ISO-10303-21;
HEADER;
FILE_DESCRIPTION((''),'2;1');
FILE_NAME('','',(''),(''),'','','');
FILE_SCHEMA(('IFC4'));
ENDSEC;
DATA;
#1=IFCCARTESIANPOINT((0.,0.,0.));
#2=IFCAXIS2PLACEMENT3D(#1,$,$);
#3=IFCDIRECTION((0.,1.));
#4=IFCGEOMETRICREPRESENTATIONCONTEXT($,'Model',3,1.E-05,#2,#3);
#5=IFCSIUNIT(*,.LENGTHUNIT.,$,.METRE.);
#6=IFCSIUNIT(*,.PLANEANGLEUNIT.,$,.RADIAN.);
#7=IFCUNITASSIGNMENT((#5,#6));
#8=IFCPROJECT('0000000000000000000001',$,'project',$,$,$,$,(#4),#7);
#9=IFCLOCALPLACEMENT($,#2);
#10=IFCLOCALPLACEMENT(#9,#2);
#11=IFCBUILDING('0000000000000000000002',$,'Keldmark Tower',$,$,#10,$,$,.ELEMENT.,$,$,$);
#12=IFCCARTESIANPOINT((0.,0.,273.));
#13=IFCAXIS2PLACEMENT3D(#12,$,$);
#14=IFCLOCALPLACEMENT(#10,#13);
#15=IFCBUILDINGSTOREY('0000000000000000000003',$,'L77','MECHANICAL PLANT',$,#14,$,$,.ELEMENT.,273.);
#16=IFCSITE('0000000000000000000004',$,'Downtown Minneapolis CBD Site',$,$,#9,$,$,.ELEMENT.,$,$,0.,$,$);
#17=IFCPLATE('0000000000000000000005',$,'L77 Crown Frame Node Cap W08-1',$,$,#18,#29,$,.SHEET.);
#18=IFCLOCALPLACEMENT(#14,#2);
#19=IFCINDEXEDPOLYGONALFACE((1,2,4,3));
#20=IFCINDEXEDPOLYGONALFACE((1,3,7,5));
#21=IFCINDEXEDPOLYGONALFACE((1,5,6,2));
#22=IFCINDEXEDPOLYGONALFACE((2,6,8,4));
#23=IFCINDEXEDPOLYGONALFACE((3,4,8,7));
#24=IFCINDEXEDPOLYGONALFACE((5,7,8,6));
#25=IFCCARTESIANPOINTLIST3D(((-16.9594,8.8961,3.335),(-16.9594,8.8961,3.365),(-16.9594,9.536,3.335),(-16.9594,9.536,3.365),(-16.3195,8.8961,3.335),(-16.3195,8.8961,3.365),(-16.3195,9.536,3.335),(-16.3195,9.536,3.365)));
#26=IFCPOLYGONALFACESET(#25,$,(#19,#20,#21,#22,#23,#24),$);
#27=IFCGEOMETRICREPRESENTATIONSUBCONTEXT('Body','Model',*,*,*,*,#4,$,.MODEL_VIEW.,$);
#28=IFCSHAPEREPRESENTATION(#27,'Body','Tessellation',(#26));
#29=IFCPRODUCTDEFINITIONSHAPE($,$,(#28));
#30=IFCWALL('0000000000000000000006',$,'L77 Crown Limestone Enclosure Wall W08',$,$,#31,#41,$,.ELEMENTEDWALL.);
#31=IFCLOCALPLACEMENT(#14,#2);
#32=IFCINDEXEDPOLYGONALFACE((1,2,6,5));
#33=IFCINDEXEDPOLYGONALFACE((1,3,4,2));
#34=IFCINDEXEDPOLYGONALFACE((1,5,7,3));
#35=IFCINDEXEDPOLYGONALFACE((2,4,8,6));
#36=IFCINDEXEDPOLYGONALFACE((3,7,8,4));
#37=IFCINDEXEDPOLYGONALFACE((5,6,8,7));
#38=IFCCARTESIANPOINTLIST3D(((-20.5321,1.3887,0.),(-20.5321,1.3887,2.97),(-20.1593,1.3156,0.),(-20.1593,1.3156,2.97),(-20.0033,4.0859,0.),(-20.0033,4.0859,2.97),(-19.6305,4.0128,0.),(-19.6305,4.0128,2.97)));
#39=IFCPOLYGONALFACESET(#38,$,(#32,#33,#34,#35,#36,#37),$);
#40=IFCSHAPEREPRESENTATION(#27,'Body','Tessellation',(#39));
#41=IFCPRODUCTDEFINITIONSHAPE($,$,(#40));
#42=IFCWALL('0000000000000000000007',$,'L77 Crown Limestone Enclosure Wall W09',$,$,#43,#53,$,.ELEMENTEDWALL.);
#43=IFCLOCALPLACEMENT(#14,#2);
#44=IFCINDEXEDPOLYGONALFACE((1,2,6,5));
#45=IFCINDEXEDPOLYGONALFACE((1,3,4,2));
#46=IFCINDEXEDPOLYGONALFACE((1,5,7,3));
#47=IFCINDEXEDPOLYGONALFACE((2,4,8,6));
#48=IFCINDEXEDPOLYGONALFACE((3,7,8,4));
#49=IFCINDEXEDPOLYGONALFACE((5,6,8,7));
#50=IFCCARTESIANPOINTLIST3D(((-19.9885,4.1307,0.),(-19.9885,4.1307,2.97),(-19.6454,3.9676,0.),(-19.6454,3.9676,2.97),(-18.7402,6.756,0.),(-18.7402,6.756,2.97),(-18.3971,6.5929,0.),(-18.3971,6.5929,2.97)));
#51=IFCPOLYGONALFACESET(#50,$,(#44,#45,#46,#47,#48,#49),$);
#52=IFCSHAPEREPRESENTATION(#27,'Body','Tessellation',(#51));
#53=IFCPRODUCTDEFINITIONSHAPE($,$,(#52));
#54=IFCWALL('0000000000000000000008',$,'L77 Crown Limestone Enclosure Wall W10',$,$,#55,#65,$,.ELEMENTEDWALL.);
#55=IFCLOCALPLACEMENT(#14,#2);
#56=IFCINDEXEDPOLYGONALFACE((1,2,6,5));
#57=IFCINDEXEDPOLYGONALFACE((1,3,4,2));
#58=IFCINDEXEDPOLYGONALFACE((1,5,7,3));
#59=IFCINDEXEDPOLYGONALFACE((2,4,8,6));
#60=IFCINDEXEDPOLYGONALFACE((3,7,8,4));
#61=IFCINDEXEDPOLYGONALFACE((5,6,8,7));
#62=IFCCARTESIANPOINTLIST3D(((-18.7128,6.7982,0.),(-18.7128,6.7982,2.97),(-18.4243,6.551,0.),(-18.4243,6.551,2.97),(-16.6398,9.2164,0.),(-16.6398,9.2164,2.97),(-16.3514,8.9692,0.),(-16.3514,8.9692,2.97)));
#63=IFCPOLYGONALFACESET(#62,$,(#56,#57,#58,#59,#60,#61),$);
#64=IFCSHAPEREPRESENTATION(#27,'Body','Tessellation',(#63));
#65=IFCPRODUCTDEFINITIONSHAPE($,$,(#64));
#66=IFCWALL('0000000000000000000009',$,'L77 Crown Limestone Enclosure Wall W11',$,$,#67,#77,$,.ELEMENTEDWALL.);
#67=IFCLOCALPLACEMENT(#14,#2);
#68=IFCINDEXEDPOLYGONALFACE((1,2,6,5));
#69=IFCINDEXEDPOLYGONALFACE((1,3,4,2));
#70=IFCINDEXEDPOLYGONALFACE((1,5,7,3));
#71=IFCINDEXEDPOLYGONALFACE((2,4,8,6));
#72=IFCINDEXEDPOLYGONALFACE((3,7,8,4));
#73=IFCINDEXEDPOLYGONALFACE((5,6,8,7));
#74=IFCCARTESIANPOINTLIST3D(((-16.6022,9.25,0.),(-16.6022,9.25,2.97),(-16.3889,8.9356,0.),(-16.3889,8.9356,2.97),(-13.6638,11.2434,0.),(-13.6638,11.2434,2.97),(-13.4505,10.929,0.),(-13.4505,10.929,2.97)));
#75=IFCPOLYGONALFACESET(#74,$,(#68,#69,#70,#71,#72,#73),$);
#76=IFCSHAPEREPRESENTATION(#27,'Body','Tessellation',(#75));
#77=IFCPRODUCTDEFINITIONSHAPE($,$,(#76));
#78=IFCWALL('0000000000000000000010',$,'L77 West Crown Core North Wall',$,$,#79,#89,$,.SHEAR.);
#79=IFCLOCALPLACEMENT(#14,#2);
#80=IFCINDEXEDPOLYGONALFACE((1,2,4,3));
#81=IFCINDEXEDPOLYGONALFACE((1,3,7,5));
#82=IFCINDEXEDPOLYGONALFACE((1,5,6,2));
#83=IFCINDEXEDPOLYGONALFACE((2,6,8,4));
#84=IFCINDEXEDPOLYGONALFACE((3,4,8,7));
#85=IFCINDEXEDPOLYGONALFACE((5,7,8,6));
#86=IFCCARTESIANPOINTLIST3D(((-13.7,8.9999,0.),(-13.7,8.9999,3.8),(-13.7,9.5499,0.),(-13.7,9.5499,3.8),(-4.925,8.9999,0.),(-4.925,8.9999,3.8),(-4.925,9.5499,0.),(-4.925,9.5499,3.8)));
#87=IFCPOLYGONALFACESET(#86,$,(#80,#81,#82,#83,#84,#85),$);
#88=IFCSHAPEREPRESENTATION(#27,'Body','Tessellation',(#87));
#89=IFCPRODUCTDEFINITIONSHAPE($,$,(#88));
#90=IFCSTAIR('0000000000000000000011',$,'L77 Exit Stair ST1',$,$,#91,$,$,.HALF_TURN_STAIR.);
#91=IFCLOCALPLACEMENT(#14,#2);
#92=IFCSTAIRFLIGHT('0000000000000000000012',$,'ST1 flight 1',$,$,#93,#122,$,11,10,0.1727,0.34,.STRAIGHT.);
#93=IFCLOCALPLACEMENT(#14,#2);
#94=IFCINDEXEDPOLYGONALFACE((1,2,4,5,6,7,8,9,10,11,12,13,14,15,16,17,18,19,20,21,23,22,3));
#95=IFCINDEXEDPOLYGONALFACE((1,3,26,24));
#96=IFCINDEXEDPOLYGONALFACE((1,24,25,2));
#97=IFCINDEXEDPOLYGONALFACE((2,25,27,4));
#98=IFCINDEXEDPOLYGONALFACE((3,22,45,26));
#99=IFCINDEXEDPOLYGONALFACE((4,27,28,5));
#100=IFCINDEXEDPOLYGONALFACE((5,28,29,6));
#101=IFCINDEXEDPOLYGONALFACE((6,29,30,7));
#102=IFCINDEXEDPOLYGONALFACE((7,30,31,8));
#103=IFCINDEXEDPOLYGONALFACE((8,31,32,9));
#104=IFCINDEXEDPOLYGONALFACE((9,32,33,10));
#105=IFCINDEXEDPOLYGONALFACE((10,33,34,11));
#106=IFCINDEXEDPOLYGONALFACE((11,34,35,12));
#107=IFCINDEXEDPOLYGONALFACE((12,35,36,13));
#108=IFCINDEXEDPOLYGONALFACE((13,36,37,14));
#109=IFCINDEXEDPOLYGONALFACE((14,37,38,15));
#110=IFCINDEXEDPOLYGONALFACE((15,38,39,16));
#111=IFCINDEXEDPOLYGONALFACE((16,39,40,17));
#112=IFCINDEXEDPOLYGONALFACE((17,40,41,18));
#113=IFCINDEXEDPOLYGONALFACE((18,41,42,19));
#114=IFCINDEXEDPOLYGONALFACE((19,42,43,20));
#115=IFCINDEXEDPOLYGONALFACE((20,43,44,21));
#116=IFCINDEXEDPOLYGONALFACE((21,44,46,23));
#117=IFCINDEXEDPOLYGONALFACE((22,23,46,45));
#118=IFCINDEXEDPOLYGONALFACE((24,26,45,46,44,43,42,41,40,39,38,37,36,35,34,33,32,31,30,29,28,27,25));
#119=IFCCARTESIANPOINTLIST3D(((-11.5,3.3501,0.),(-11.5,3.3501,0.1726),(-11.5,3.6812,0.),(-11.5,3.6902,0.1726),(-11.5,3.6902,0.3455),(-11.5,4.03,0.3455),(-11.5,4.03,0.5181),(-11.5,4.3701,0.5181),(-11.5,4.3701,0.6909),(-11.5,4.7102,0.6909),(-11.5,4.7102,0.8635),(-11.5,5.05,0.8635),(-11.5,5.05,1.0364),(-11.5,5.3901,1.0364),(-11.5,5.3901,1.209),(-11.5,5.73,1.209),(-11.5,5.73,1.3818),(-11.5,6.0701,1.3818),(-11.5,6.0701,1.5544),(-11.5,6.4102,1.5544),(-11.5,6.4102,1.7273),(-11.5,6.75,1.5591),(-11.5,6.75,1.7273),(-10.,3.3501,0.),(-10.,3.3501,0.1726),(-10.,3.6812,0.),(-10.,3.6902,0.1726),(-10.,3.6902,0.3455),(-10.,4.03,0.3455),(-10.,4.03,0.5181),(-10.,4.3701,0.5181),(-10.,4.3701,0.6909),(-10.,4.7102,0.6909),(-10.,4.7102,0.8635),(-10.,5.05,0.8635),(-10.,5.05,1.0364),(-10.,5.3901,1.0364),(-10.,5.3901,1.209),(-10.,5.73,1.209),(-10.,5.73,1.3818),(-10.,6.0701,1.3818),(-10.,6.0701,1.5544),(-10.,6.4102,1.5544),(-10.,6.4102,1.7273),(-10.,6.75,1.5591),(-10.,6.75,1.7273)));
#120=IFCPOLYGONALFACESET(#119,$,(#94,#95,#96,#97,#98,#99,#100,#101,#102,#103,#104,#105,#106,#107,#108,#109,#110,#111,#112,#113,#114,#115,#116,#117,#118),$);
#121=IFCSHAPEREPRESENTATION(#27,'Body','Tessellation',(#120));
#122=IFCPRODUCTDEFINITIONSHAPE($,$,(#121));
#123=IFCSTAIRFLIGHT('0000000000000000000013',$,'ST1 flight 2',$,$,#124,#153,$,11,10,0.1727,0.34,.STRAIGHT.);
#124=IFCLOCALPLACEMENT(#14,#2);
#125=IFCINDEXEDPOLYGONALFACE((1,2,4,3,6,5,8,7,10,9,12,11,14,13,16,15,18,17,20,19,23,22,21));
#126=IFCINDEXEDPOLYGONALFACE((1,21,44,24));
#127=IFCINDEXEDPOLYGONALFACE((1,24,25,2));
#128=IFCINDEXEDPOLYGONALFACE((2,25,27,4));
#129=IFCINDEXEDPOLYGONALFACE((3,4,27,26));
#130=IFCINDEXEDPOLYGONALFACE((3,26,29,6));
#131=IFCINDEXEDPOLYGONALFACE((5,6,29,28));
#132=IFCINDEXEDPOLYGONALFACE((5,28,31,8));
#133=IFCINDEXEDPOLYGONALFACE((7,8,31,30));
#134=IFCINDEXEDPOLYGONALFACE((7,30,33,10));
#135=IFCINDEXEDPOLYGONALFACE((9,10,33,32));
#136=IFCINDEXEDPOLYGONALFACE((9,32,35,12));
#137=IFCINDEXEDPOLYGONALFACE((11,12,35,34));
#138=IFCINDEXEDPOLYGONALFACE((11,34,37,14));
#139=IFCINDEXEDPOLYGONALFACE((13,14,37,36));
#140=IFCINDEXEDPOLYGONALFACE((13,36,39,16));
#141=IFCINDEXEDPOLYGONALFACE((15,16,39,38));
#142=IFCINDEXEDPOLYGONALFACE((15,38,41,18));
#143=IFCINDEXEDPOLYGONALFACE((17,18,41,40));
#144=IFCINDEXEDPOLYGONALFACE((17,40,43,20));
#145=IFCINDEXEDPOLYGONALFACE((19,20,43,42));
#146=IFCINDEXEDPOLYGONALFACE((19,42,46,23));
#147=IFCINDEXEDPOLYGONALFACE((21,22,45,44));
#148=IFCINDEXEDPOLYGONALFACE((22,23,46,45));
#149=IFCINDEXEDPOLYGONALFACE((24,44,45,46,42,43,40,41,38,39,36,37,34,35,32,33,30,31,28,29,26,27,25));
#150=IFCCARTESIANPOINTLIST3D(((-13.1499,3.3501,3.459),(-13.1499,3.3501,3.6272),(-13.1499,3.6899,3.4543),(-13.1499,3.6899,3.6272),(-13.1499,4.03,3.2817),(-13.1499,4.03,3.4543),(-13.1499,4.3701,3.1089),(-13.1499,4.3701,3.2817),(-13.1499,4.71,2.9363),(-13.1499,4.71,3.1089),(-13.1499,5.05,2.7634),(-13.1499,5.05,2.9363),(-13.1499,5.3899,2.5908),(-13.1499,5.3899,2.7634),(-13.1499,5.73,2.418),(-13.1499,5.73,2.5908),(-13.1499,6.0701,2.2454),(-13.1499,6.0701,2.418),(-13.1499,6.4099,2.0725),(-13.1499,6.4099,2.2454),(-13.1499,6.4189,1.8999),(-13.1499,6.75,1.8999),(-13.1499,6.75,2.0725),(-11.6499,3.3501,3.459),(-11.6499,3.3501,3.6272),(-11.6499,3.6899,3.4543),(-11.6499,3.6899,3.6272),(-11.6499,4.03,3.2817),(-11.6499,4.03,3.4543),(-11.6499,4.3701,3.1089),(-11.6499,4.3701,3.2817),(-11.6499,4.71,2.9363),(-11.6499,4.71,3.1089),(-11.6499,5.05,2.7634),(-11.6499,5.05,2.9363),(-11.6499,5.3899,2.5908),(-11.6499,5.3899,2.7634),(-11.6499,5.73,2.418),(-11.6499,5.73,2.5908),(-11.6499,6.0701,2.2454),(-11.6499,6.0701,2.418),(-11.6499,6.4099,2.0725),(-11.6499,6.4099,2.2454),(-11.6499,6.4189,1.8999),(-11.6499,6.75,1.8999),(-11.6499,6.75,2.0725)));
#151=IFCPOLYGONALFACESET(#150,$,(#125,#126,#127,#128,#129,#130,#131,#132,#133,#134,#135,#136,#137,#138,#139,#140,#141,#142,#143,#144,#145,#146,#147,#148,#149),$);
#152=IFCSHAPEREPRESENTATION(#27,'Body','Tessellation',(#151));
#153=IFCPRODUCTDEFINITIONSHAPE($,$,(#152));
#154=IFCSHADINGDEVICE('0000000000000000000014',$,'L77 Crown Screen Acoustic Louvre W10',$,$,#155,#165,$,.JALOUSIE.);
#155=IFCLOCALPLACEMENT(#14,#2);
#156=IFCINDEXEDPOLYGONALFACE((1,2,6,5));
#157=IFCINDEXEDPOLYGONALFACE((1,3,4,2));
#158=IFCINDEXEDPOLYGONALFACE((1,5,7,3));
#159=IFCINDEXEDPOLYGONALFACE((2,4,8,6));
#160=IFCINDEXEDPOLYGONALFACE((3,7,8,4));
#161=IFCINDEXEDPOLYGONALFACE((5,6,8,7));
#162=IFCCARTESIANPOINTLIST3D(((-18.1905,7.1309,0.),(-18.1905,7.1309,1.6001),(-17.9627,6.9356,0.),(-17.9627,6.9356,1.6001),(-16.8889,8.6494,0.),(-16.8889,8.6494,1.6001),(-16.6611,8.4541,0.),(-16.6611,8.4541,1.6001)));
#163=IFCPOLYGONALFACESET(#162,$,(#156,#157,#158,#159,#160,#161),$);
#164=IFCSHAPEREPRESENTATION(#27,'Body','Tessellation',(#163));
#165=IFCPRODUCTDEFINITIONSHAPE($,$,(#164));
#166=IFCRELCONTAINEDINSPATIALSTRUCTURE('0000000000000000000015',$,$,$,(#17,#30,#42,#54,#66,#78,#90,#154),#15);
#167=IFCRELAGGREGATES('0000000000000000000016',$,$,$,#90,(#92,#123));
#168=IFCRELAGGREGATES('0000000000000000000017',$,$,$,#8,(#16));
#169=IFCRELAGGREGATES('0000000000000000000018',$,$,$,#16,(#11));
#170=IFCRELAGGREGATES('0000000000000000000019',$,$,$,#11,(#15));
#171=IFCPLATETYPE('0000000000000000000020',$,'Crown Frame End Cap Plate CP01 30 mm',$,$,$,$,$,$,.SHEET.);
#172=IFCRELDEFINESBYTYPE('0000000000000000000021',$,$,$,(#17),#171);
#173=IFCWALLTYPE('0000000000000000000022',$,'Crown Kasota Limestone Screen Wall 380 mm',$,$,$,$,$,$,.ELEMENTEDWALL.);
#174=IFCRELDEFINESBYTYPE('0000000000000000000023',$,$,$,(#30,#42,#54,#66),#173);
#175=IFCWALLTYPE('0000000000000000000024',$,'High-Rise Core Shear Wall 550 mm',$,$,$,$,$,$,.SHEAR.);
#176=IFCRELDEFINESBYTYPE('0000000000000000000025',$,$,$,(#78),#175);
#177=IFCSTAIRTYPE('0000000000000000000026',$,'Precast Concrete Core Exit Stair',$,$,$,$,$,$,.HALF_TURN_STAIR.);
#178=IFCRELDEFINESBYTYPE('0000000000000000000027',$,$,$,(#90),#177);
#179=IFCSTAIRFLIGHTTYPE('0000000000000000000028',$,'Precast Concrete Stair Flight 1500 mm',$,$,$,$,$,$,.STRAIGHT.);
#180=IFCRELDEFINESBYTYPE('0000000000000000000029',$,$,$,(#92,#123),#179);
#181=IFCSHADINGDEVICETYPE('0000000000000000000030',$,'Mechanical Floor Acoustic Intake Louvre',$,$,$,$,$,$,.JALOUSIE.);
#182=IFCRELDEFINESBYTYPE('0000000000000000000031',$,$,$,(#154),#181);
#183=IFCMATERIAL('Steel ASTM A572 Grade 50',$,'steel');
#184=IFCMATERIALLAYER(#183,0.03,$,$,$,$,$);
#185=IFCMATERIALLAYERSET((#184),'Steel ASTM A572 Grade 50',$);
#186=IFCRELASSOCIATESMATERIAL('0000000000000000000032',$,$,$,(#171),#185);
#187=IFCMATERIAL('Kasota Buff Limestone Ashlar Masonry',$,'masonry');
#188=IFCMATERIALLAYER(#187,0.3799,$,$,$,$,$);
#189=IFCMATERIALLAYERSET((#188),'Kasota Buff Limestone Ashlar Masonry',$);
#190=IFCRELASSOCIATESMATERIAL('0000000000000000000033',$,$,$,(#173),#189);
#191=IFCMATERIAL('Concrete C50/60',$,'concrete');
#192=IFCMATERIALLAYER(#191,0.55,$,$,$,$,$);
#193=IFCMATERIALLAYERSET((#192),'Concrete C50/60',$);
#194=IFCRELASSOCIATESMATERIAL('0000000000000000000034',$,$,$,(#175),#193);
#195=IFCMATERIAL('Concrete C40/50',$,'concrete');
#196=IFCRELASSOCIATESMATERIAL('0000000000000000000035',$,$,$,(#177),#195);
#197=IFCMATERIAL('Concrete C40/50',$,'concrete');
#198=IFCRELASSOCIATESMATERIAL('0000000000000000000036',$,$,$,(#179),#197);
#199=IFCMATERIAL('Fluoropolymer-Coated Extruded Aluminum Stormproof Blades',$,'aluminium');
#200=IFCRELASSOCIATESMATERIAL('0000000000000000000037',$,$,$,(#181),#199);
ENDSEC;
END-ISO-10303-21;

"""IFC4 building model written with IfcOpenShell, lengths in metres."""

from ifc_helpers import new_model, si_unit, direction, frame, frame_2d, origin, origin_2d, place, context, subcontext, project, spatial, polyline, rectangle, outline, extrude, material, layer, layer_set, type_object, element, aggregate, save


model = new_model("IFC4")

# Units and contexts
model_context = context("Model", 3, precision=1e-05, world=origin(), true_north=direction((0.0, 1.0)))
body_context = subcontext(model_context, "Body", "Model", "MODEL_VIEW")
ifc_project = project(units=[si_unit("LENGTHUNIT", "METRE"), si_unit("PLANEANGLEUNIT", "RADIAN")], contexts=[model_context])

# Site, building, storey
site_placement = place(None, origin())
site = spatial("IfcSite", under=ifc_project, at=site_placement, Name="Downtown Minneapolis CBD Site", CompositionType="ELEMENT", RefElevation=0.0)
building_placement = place(site_placement, origin())
building = spatial("IfcBuilding", under=site, at=building_placement, Name="Keldmark Tower", CompositionType="ELEMENT")
storey_placement = place(building_placement, frame((0.0, 0.0, 273.0)))
storey = spatial("IfcBuildingStorey", under=building, at=storey_placement, Name="L77", Description="MECHANICAL PLANT", CompositionType="ELEMENT", Elevation=273.0)

# Plate
ifc_material_1 = material(Name="Steel ASTM A572 Grade 50", Category="steel")
ifc_layer_1 = layer(ifc_material_1, 0.03)
ifc_layer_set_1 = layer_set([ifc_layer_1], Name="Steel ASTM A572 Grade 50")
plate_type_1 = type_object("IfcPlateType", Name="Crown Frame End Cap Plate CP01 30 mm", PredefinedType="SHEET", material=ifc_layer_set_1)
for number, where, z_axis, x_axis, name in (
    (1, (-16.6394, 9.2161, 3.335), (0.0, 0.0, 1.0), (1.0, 0.0, 0.0), "L77 Crown Frame Node Cap W08-1"),
):
    element("IfcPlate", number, at=place(storey_placement, frame(where, z_axis=z_axis, x_axis=x_axis)), inside=storey, type_object=plate_type_1, Name=name, PredefinedType="SHEET", context=body_context, shape_type="SweptSolid", body=[
        extrude(rectangle(XDim=0.6399, YDim=0.6399, at=origin_2d()), origin(), (0.0, 0.0, 1.0), 0.03),
    ])

# Walls
ifc_material_2 = material(Name="Kasota Buff Limestone Ashlar Masonry", Category="masonry")
ifc_layer_2 = layer(ifc_material_2, 0.3799)
ifc_layer_set_2 = layer_set([ifc_layer_2], Name="Kasota Buff Limestone Ashlar Masonry")
wall_type_1 = type_object("IfcWallType", Name="Crown Kasota Limestone Screen Wall 380 mm", PredefinedType="ELEMENTEDWALL", material=ifc_layer_set_2)
wall_1_placement = place(storey_placement, frame((-19.8169, 4.0493, 0.0), z_axis=(0.0, 0.0, 1.0), x_axis=(-0.192391, -0.981318, 0.0)))
element("IfcWall", 2, at=wall_1_placement, inside=storey, type_object=wall_type_1, Name="L77 Crown Limestone Enclosure Wall W08", PredefinedType="ELEMENTEDWALL", context=body_context, shape_type="SweptSolid", body=[
    extrude(rectangle(XDim=2.7485, YDim=0.3799, at=frame_2d((1.3743, 0.0))), origin(), (0.0, 0.0, 1.0), 2.97),
])
wall_2_placement = place(storey_placement, frame((-18.5686, 6.6746, 0.0), z_axis=(0.0, 0.0, 1.0), x_axis=(-0.429422, -0.903104, 0.0)))
element("IfcWall", 3, at=wall_2_placement, inside=storey, type_object=wall_type_1, Name="L77 Crown Limestone Enclosure Wall W09", PredefinedType="ELEMENTEDWALL", context=body_context, shape_type="SweptSolid", body=[
    extrude(rectangle(XDim=2.907, YDim=0.3799, at=frame_2d((1.4536, 0.0))), origin(), (0.0, 0.0, 1.0), 2.97),
])
wall_3_placement = place(storey_placement, frame((-16.4956, 9.0928, 0.0), z_axis=(0.0, 0.0, 1.0), x_axis=(-0.650836, -0.759219, 0.0)))
element("IfcWall", 4, at=wall_3_placement, inside=storey, type_object=wall_type_1, Name="L77 Crown Limestone Enclosure Wall W10", PredefinedType="ELEMENTEDWALL", context=body_context, shape_type="SweptSolid", body=[
    extrude(rectangle(XDim=3.1851, YDim=0.3799, at=frame_2d((1.5925, 0.0))), origin(), (0.0, 0.0, 1.0), 2.97),
])
wall_4_placement = place(storey_placement, frame((-13.5571, 11.0862, 0.0), z_axis=(0.0, 0.0, 1.0), x_axis=(-0.827549, -0.561394, 0.0)))
element("IfcWall", 5, at=wall_4_placement, inside=storey, type_object=wall_type_1, Name="L77 Crown Limestone Enclosure Wall W11", PredefinedType="ELEMENTEDWALL", context=body_context, shape_type="SweptSolid", body=[
    extrude(rectangle(XDim=3.5508, YDim=0.3799, at=frame_2d((1.7754, 0.0))), origin(), (0.0, 0.0, 1.0), 2.97),
])
ifc_material_3 = material(Name="Concrete C50/60", Category="concrete")
ifc_layer_3 = layer(ifc_material_3, 0.55)
ifc_layer_set_3 = layer_set([ifc_layer_3], Name="Concrete C50/60")
wall_type_2 = type_object("IfcWallType", Name="High-Rise Core Shear Wall 550 mm", PredefinedType="SHEAR", material=ifc_layer_set_3)
wall_5_placement = place(storey_placement, frame((-13.7, 9.2749, 0.0), z_axis=(0.0, 0.0, 1.0), x_axis=(1.0, 0.0, 0.0)))
element("IfcWall", 6, at=wall_5_placement, inside=storey, type_object=wall_type_2, Name="L77 West Crown Core North Wall", PredefinedType="SHEAR", context=body_context, shape_type="SweptSolid", body=[
    extrude(rectangle(XDim=8.7749, YDim=0.55, at=frame_2d((4.3875, 0.0))), origin(), (0.0, 0.0, 1.0), 3.8),
])

# Stair, stair flights
ifc_material_4 = material(Name="Concrete C40/50", Category="concrete")
stair_type = type_object("IfcStairType", Name="Precast Concrete Core Exit Stair", PredefinedType="HALF_TURN_STAIR", material=ifc_material_4)
stair_placement = place(storey_placement, origin())
stair = element("IfcStair", 7, at=stair_placement, inside=storey, type_object=stair_type, Name="L77 Exit Stair ST1", PredefinedType="HALF_TURN_STAIR")
ifc_material_5 = material(Name="Concrete C40/50", Category="concrete")
stair_flight_type = type_object("IfcStairFlightType", Name="Precast Concrete Stair Flight 1500 mm", PredefinedType="STRAIGHT", material=ifc_material_5)
stair_flight_1_placement = place(storey_placement, frame((-10.75, 3.3501, 0.0), z_axis=(0.0, 0.0, 1.0), x_axis=(0.0, 1.0, 0.0)))
stair_flight_1 = element("IfcStairFlight", 8, at=stair_flight_1_placement, type_object=stair_flight_type, Name="ST1 flight 1", NumberOfRisers=11, NumberOfTreads=10, PredefinedType="STRAIGHT", RiserHeight=0.1727, TreadLength=0.34, context=body_context, shape_type="SweptSolid", body=[
    extrude(outline(polyline([(0.0, 0.0), (0.0, 0.1726), (0.3401, 0.1726), (0.3401, 0.3455), (0.6799, 0.3455), (0.6799, 0.5181), (1.02, 0.5181), (1.02, 0.6909), (1.3601, 0.6909), (1.3601, 0.8635), (1.7, 0.8635), (1.7, 1.0364), (2.04, 1.0364), (2.04, 1.209), (2.3799, 1.209), (2.3799, 1.3818), (2.72, 1.3818), (2.72, 1.5544), (3.0601, 1.5544), (3.0601, 1.7273), (3.3999, 1.7273), (3.3999, 1.8999), (3.3999, 1.5591), (0.3311, 0.0), (0.0, 0.0)])), frame((0.0, 0.75, 0.0), z_axis=(0.0, -1.0, 0.0), x_axis=(1.0, 0.0, 0.0)), (0.0, 0.0, 1.0), 1.5),
])
stair_flight_2_placement = place(storey_placement, frame((-12.3999, 6.75, 1.8999), z_axis=(0.0, 0.0, 1.0), x_axis=(0.0, -1.0, 0.0)))
stair_flight_2 = element("IfcStairFlight", 9, at=stair_flight_2_placement, type_object=stair_flight_type, Name="ST1 flight 2", NumberOfRisers=11, NumberOfTreads=10, PredefinedType="STRAIGHT", RiserHeight=0.1727, TreadLength=0.34, context=body_context, shape_type="SweptSolid", body=[
    extrude(outline(polyline([(0.0, 0.0), (0.0, 0.1726), (0.3401, 0.1726), (0.3401, 0.3455), (0.6799, 0.3455), (0.6799, 0.5181), (1.02, 0.5181), (1.02, 0.6909), (1.3601, 0.6909), (1.3601, 0.8635), (1.7, 0.8635), (1.7, 1.0364), (2.04, 1.0364), (2.04, 1.209), (2.3799, 1.209), (2.3799, 1.3818), (2.72, 1.3818), (2.72, 1.5544), (3.0601, 1.5544), (3.0601, 1.7273), (3.3999, 1.7273), (3.3999, 1.8999), (3.3999, 1.5591), (0.3311, 0.0), (0.0, 0.0)])), frame((0.0, 0.75, 0.0), z_axis=(0.0, -1.0, 0.0), x_axis=(1.0, 0.0, 0.0)), (0.0, 0.0, 1.0), 1.5),
])
aggregate(stair, [stair_flight_1, stair_flight_2])

# Shading device
ifc_material_6 = material(Name="Fluoropolymer-Coated Extruded Aluminum Stormproof Blades", Category="aluminium")
shading_device_type = type_object("IfcShadingDeviceType", Name="Mechanical Floor Acoustic Intake Louvre", PredefinedType="JALOUSIE", material=ifc_material_6)
shading_device_placement = place(storey_placement, frame((-17.4258, 7.7925, 0.0), z_axis=(0.0, 0.0, 1.0), x_axis=(-0.650801, -0.759249, 0.0)))
element("IfcShadingDevice", 10, at=shading_device_placement, inside=storey, type_object=shading_device_type, Name="L77 Crown Screen Acoustic Louvre W10", PredefinedType="JALOUSIE", context=body_context, shape_type="SweptSolid", body=[
    extrude(rectangle(XDim=2.0, YDim=0.3, at=origin_2d()), origin(), (0.0, 0.0, 1.0), 1.6001),
])

save(model, "model.ifc")
